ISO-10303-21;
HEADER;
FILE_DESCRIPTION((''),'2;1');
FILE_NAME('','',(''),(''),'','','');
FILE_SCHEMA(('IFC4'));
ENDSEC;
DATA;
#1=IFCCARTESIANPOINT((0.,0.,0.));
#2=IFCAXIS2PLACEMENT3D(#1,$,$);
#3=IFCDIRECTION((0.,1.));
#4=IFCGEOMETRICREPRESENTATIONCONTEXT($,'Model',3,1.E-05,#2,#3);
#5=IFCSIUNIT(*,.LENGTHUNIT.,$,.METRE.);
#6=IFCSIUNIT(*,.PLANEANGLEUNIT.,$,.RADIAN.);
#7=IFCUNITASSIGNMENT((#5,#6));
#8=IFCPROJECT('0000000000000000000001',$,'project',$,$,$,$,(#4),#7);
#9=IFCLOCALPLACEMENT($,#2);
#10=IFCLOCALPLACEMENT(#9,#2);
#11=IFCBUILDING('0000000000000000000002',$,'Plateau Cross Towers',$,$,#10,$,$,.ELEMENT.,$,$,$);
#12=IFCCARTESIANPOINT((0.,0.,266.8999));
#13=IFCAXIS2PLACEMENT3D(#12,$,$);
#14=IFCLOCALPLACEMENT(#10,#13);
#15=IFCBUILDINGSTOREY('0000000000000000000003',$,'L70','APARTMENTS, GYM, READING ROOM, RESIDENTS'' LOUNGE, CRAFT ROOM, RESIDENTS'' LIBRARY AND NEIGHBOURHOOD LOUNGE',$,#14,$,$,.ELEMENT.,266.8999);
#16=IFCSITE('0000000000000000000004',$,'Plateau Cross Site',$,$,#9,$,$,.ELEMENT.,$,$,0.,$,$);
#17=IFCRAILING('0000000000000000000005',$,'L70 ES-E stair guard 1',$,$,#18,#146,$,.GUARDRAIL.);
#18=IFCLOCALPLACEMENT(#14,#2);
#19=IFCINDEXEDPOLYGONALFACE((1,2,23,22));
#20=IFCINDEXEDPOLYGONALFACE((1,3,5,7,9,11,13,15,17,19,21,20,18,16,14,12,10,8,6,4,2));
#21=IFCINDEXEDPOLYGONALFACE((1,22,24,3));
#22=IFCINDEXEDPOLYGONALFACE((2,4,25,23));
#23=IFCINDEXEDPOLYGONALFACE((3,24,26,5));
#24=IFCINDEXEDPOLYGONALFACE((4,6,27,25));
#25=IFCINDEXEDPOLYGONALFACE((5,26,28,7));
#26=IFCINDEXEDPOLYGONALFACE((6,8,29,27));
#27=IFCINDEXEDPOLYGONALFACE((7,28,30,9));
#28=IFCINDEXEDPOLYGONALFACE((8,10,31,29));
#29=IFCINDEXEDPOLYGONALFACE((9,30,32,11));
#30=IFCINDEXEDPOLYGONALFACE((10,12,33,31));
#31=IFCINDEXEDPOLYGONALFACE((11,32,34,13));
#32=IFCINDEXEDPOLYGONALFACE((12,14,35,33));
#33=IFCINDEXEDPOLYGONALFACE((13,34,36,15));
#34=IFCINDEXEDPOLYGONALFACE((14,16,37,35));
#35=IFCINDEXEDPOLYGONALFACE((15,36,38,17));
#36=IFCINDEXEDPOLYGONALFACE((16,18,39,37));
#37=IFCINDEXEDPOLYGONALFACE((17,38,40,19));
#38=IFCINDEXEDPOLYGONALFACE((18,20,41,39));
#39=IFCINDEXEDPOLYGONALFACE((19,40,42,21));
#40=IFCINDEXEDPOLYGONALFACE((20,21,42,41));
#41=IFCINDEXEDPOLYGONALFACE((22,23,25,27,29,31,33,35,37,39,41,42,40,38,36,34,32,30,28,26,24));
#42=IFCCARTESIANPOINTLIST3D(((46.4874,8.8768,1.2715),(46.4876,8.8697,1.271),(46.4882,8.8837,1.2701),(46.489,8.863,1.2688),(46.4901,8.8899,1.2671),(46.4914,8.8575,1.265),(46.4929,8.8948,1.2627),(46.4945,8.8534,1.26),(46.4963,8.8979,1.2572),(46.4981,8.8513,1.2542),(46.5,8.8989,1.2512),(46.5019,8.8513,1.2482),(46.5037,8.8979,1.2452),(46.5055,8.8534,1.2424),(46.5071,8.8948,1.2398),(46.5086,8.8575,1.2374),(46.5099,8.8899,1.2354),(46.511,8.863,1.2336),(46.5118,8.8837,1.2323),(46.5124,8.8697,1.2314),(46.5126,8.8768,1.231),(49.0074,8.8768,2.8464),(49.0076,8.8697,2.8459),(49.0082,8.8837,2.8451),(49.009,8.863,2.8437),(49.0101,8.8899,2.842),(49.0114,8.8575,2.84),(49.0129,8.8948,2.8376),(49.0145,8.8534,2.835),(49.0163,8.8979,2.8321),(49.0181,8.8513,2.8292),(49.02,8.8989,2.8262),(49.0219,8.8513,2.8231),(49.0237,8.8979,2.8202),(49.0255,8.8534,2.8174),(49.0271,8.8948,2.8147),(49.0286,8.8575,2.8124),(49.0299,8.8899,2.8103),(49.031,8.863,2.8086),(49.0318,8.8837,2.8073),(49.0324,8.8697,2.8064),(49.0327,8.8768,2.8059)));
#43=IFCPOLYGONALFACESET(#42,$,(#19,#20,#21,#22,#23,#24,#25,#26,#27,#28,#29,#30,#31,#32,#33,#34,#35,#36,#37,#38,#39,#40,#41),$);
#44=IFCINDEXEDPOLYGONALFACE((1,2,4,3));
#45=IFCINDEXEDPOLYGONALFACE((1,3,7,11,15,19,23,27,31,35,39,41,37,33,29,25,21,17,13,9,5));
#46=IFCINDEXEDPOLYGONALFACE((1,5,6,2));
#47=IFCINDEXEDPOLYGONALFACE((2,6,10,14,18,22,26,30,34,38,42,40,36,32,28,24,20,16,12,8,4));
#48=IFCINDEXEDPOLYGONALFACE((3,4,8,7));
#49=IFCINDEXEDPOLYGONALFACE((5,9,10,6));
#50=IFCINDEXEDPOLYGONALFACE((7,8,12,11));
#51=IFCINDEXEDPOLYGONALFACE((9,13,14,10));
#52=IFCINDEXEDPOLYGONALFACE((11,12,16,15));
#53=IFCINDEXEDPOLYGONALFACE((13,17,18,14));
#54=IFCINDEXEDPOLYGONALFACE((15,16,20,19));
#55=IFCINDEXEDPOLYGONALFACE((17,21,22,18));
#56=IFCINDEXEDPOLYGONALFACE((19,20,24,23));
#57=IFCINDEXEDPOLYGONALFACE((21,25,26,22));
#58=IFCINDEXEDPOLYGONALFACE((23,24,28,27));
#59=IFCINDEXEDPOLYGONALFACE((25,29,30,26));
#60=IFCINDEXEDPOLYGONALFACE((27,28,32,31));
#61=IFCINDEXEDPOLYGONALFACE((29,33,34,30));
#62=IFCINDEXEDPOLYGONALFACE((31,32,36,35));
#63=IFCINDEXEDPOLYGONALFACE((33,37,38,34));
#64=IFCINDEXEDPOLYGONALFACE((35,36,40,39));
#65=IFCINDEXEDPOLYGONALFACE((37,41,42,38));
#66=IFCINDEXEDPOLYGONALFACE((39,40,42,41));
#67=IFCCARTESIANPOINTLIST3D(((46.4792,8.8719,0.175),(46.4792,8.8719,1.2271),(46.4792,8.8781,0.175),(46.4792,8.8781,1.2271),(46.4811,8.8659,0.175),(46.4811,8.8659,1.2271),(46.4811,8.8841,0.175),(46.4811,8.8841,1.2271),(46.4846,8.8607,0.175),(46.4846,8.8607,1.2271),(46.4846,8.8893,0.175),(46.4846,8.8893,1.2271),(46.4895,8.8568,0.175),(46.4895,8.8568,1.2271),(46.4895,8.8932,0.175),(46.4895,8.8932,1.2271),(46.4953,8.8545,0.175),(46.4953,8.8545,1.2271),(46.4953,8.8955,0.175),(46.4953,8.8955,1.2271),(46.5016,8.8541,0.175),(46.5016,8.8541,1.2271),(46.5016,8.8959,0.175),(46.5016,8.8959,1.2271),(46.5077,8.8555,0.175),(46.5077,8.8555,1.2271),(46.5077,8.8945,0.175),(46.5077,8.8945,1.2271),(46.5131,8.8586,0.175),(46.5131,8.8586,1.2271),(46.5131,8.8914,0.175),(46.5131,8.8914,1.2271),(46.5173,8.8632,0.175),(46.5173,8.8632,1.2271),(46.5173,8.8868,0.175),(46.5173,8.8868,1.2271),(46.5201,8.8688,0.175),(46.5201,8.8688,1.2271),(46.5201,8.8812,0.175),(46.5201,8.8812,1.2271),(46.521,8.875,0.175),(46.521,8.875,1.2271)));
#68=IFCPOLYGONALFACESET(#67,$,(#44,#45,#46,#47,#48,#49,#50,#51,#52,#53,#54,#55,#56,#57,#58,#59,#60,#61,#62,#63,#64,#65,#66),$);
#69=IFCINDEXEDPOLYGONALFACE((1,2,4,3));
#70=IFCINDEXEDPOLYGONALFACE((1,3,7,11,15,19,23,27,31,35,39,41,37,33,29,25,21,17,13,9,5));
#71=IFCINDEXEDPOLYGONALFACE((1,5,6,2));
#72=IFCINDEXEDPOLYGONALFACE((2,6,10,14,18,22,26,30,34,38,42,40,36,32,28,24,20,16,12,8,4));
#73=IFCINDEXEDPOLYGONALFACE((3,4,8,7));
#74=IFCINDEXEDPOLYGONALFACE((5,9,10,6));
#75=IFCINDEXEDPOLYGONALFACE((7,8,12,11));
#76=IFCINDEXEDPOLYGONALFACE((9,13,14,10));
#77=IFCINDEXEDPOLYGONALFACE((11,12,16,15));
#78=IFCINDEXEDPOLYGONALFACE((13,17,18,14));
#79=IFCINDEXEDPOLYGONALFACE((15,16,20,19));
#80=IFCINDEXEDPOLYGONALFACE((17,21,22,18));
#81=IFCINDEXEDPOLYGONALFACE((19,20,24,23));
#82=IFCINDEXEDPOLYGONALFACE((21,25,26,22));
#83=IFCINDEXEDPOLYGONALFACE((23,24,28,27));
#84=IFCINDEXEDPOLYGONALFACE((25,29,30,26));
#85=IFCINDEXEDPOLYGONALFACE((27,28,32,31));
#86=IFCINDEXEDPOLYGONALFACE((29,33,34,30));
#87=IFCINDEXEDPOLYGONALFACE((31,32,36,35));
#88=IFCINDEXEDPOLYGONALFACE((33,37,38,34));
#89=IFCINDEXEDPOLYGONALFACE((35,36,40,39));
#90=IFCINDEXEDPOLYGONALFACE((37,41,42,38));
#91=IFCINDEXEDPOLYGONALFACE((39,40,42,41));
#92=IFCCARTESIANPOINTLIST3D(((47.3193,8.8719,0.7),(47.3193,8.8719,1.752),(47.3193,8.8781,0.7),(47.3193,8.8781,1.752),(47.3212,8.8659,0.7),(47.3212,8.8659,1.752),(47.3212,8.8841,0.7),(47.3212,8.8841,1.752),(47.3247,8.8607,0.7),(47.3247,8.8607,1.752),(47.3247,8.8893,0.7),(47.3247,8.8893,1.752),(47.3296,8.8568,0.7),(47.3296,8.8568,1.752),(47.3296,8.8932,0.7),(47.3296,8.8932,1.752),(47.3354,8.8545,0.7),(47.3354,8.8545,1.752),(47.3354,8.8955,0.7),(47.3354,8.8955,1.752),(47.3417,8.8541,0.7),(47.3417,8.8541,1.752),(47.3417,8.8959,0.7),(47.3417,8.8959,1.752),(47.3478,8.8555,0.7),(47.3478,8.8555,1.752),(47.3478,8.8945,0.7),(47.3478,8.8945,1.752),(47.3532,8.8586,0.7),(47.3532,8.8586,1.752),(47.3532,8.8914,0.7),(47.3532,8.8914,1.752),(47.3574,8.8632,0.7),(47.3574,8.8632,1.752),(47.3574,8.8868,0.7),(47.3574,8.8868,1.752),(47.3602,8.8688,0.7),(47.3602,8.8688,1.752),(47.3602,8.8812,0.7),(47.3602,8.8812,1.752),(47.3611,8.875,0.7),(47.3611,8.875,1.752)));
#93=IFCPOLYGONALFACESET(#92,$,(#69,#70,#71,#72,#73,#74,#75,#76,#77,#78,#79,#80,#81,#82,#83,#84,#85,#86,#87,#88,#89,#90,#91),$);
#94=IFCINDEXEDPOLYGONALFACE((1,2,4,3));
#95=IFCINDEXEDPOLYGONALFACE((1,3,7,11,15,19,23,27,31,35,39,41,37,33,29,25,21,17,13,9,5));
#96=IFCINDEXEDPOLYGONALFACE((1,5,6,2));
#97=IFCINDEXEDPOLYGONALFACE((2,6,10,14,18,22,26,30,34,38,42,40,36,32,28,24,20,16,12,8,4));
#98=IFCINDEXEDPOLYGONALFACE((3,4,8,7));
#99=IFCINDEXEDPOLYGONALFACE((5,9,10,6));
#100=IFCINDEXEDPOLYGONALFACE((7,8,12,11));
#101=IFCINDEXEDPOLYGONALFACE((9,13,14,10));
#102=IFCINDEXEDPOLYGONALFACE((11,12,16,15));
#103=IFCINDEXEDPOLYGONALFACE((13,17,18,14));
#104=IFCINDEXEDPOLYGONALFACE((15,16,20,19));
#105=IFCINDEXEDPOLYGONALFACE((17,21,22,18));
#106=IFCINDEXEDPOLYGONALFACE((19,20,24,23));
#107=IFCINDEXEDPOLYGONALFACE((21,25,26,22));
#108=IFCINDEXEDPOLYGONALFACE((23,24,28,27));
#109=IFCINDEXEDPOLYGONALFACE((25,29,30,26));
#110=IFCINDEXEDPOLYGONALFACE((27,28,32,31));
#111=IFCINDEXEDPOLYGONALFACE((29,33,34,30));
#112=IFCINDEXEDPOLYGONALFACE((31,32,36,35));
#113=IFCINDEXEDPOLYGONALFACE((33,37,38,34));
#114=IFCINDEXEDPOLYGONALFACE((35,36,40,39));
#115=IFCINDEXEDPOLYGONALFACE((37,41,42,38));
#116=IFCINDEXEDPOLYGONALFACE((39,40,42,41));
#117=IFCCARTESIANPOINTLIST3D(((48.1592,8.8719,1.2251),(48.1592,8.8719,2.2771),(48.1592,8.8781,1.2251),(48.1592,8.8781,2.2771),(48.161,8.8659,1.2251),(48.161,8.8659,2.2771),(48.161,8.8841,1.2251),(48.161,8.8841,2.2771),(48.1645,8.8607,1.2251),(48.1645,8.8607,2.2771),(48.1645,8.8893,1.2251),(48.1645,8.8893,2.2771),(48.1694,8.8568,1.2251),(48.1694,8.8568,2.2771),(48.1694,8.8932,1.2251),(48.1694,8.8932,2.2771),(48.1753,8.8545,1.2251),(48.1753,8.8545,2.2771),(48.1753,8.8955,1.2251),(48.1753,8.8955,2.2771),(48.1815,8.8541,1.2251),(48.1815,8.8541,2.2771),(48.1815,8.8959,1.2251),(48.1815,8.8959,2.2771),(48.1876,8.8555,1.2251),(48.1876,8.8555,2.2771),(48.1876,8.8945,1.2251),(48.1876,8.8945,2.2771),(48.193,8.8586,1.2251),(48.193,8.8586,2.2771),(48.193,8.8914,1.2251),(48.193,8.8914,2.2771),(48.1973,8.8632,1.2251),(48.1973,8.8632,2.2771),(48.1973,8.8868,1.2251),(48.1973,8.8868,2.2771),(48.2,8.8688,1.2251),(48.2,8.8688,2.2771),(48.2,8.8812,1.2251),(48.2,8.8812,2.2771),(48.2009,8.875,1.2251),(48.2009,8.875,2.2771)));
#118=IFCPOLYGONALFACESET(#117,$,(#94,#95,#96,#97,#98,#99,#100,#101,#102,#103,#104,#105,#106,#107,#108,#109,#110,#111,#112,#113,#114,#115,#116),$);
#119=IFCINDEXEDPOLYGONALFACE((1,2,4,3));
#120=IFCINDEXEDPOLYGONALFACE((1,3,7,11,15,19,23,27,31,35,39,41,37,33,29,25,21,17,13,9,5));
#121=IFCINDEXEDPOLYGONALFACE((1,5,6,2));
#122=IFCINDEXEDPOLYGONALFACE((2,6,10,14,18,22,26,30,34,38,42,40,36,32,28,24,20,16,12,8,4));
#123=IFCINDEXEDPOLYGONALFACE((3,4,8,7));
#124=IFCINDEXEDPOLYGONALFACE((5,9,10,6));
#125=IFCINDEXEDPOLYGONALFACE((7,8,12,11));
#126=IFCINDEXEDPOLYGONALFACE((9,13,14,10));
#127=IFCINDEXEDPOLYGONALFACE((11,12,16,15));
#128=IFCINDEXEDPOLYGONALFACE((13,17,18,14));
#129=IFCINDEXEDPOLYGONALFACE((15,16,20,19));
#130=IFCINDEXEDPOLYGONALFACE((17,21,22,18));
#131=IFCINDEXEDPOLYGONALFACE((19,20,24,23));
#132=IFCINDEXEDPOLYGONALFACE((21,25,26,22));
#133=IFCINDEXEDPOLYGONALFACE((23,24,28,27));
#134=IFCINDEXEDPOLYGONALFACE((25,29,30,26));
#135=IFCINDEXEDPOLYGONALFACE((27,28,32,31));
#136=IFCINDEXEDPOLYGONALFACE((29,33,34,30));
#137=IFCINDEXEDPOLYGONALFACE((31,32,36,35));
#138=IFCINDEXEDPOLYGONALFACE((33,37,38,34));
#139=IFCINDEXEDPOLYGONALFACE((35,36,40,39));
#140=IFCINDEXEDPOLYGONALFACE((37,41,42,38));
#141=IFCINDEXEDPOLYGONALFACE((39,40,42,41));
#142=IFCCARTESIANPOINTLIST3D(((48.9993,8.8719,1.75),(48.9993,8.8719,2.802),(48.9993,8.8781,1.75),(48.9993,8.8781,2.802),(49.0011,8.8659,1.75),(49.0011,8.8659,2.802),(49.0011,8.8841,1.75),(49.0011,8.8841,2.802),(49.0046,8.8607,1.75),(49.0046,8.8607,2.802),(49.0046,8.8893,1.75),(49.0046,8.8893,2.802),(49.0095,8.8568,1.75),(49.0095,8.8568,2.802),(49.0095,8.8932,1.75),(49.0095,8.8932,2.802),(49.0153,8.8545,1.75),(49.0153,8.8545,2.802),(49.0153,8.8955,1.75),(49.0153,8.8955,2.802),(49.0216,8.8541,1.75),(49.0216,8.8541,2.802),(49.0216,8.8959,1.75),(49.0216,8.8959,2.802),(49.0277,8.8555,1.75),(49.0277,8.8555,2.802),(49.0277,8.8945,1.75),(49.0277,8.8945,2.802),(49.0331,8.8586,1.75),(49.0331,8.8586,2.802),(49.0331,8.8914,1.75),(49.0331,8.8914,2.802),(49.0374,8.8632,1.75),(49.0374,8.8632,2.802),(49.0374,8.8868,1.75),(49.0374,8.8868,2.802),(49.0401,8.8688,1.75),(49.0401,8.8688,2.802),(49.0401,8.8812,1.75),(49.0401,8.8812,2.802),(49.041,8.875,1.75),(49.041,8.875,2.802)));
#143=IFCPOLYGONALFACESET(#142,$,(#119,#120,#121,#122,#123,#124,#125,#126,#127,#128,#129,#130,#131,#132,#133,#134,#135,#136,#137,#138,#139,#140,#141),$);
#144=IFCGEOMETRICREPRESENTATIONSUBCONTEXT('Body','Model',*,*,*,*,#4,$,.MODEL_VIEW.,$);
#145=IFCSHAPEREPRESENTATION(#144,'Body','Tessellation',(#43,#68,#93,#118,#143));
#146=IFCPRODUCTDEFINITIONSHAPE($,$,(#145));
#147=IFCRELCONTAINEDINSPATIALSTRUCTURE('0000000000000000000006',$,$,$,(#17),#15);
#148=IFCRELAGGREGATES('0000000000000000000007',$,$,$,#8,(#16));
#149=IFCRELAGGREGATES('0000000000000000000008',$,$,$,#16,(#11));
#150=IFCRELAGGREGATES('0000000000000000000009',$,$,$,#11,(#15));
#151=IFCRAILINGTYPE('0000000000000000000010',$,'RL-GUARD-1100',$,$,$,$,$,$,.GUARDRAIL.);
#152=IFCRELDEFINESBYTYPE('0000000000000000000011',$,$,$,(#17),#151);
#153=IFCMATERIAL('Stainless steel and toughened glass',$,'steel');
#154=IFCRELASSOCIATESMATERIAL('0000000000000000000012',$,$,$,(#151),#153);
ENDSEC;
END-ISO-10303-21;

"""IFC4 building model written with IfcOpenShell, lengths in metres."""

from ifc_helpers import new_model, si_unit, direction, frame, origin, origin_2d, place, context, subcontext, project, spatial, circle, extrude, material, type_object, element, save


model = new_model("IFC4")

# Units and contexts
model_context = context("Model", 3, precision=1e-05, world=origin(), true_north=direction((0.0, 1.0)))
body_context = subcontext(model_context, "Body", "Model", "MODEL_VIEW")
ifc_project = project(units=[si_unit("LENGTHUNIT", "METRE"), si_unit("PLANEANGLEUNIT", "RADIAN")], contexts=[model_context])

# Site, building, storey
site_placement = place(None, origin())
site = spatial("IfcSite", under=ifc_project, at=site_placement, Name="Plateau Cross Site", CompositionType="ELEMENT", RefElevation=0.0)
building_placement = place(site_placement, origin())
building = spatial("IfcBuilding", under=site, at=building_placement, Name="Plateau Cross Towers", CompositionType="ELEMENT")
storey_placement = place(building_placement, frame((0.0, 0.0, 266.8999)))
storey = spatial("IfcBuildingStorey", under=building, at=storey_placement, Name="L70", Description="APARTMENTS, GYM, READING ROOM, RESIDENTS' LOUNGE, CRAFT ROOM, RESIDENTS' LIBRARY AND NEIGHBOURHOOD LOUNGE", CompositionType="ELEMENT", Elevation=266.8999)

# Railing
ifc_material_1 = material(Name="Stainless steel and toughened glass", Category="steel")
railing_type_1 = type_object("IfcRailingType", Name="RL-GUARD-1100", PredefinedType="GUARDRAIL", material=ifc_material_1)
railing_1_placement = place(storey_placement, frame((46.5, 8.875, 0.175)))
element("IfcRailing", 1, at=railing_1_placement, inside=storey, type_object=railing_type_1, Name="L70 ES-E stair guard 1", PredefinedType="GUARDRAIL", context=body_context, shape_type="SweptSolid", body=[
    extrude(circle(Radius=0.0239, at=origin_2d()), frame((0.0, 0.0, 1.0762), z_axis=(0.848008, 0.0, 0.529984), x_axis=(0.0, 1.0, 0.0)), (0.0, 0.0, 1.0), 2.9717),
    extrude(circle(Radius=0.021, at=origin_2d()), origin(), (0.0, 0.0, 1.0), 1.052),
    extrude(circle(Radius=0.021, at=origin_2d()), frame((0.8401, 0.0, 0.5249)), (0.0, 0.0, 1.0), 1.052),
    extrude(circle(Radius=0.021, at=origin_2d()), frame((1.6799, 0.0, 1.05)), (0.0, 0.0, 1.0), 1.052),
    extrude(circle(Radius=0.021, at=origin_2d()), frame((2.52, 0.0, 1.575)), (0.0, 0.0, 1.0), 1.052),
])

save(model, "model.ifc")
